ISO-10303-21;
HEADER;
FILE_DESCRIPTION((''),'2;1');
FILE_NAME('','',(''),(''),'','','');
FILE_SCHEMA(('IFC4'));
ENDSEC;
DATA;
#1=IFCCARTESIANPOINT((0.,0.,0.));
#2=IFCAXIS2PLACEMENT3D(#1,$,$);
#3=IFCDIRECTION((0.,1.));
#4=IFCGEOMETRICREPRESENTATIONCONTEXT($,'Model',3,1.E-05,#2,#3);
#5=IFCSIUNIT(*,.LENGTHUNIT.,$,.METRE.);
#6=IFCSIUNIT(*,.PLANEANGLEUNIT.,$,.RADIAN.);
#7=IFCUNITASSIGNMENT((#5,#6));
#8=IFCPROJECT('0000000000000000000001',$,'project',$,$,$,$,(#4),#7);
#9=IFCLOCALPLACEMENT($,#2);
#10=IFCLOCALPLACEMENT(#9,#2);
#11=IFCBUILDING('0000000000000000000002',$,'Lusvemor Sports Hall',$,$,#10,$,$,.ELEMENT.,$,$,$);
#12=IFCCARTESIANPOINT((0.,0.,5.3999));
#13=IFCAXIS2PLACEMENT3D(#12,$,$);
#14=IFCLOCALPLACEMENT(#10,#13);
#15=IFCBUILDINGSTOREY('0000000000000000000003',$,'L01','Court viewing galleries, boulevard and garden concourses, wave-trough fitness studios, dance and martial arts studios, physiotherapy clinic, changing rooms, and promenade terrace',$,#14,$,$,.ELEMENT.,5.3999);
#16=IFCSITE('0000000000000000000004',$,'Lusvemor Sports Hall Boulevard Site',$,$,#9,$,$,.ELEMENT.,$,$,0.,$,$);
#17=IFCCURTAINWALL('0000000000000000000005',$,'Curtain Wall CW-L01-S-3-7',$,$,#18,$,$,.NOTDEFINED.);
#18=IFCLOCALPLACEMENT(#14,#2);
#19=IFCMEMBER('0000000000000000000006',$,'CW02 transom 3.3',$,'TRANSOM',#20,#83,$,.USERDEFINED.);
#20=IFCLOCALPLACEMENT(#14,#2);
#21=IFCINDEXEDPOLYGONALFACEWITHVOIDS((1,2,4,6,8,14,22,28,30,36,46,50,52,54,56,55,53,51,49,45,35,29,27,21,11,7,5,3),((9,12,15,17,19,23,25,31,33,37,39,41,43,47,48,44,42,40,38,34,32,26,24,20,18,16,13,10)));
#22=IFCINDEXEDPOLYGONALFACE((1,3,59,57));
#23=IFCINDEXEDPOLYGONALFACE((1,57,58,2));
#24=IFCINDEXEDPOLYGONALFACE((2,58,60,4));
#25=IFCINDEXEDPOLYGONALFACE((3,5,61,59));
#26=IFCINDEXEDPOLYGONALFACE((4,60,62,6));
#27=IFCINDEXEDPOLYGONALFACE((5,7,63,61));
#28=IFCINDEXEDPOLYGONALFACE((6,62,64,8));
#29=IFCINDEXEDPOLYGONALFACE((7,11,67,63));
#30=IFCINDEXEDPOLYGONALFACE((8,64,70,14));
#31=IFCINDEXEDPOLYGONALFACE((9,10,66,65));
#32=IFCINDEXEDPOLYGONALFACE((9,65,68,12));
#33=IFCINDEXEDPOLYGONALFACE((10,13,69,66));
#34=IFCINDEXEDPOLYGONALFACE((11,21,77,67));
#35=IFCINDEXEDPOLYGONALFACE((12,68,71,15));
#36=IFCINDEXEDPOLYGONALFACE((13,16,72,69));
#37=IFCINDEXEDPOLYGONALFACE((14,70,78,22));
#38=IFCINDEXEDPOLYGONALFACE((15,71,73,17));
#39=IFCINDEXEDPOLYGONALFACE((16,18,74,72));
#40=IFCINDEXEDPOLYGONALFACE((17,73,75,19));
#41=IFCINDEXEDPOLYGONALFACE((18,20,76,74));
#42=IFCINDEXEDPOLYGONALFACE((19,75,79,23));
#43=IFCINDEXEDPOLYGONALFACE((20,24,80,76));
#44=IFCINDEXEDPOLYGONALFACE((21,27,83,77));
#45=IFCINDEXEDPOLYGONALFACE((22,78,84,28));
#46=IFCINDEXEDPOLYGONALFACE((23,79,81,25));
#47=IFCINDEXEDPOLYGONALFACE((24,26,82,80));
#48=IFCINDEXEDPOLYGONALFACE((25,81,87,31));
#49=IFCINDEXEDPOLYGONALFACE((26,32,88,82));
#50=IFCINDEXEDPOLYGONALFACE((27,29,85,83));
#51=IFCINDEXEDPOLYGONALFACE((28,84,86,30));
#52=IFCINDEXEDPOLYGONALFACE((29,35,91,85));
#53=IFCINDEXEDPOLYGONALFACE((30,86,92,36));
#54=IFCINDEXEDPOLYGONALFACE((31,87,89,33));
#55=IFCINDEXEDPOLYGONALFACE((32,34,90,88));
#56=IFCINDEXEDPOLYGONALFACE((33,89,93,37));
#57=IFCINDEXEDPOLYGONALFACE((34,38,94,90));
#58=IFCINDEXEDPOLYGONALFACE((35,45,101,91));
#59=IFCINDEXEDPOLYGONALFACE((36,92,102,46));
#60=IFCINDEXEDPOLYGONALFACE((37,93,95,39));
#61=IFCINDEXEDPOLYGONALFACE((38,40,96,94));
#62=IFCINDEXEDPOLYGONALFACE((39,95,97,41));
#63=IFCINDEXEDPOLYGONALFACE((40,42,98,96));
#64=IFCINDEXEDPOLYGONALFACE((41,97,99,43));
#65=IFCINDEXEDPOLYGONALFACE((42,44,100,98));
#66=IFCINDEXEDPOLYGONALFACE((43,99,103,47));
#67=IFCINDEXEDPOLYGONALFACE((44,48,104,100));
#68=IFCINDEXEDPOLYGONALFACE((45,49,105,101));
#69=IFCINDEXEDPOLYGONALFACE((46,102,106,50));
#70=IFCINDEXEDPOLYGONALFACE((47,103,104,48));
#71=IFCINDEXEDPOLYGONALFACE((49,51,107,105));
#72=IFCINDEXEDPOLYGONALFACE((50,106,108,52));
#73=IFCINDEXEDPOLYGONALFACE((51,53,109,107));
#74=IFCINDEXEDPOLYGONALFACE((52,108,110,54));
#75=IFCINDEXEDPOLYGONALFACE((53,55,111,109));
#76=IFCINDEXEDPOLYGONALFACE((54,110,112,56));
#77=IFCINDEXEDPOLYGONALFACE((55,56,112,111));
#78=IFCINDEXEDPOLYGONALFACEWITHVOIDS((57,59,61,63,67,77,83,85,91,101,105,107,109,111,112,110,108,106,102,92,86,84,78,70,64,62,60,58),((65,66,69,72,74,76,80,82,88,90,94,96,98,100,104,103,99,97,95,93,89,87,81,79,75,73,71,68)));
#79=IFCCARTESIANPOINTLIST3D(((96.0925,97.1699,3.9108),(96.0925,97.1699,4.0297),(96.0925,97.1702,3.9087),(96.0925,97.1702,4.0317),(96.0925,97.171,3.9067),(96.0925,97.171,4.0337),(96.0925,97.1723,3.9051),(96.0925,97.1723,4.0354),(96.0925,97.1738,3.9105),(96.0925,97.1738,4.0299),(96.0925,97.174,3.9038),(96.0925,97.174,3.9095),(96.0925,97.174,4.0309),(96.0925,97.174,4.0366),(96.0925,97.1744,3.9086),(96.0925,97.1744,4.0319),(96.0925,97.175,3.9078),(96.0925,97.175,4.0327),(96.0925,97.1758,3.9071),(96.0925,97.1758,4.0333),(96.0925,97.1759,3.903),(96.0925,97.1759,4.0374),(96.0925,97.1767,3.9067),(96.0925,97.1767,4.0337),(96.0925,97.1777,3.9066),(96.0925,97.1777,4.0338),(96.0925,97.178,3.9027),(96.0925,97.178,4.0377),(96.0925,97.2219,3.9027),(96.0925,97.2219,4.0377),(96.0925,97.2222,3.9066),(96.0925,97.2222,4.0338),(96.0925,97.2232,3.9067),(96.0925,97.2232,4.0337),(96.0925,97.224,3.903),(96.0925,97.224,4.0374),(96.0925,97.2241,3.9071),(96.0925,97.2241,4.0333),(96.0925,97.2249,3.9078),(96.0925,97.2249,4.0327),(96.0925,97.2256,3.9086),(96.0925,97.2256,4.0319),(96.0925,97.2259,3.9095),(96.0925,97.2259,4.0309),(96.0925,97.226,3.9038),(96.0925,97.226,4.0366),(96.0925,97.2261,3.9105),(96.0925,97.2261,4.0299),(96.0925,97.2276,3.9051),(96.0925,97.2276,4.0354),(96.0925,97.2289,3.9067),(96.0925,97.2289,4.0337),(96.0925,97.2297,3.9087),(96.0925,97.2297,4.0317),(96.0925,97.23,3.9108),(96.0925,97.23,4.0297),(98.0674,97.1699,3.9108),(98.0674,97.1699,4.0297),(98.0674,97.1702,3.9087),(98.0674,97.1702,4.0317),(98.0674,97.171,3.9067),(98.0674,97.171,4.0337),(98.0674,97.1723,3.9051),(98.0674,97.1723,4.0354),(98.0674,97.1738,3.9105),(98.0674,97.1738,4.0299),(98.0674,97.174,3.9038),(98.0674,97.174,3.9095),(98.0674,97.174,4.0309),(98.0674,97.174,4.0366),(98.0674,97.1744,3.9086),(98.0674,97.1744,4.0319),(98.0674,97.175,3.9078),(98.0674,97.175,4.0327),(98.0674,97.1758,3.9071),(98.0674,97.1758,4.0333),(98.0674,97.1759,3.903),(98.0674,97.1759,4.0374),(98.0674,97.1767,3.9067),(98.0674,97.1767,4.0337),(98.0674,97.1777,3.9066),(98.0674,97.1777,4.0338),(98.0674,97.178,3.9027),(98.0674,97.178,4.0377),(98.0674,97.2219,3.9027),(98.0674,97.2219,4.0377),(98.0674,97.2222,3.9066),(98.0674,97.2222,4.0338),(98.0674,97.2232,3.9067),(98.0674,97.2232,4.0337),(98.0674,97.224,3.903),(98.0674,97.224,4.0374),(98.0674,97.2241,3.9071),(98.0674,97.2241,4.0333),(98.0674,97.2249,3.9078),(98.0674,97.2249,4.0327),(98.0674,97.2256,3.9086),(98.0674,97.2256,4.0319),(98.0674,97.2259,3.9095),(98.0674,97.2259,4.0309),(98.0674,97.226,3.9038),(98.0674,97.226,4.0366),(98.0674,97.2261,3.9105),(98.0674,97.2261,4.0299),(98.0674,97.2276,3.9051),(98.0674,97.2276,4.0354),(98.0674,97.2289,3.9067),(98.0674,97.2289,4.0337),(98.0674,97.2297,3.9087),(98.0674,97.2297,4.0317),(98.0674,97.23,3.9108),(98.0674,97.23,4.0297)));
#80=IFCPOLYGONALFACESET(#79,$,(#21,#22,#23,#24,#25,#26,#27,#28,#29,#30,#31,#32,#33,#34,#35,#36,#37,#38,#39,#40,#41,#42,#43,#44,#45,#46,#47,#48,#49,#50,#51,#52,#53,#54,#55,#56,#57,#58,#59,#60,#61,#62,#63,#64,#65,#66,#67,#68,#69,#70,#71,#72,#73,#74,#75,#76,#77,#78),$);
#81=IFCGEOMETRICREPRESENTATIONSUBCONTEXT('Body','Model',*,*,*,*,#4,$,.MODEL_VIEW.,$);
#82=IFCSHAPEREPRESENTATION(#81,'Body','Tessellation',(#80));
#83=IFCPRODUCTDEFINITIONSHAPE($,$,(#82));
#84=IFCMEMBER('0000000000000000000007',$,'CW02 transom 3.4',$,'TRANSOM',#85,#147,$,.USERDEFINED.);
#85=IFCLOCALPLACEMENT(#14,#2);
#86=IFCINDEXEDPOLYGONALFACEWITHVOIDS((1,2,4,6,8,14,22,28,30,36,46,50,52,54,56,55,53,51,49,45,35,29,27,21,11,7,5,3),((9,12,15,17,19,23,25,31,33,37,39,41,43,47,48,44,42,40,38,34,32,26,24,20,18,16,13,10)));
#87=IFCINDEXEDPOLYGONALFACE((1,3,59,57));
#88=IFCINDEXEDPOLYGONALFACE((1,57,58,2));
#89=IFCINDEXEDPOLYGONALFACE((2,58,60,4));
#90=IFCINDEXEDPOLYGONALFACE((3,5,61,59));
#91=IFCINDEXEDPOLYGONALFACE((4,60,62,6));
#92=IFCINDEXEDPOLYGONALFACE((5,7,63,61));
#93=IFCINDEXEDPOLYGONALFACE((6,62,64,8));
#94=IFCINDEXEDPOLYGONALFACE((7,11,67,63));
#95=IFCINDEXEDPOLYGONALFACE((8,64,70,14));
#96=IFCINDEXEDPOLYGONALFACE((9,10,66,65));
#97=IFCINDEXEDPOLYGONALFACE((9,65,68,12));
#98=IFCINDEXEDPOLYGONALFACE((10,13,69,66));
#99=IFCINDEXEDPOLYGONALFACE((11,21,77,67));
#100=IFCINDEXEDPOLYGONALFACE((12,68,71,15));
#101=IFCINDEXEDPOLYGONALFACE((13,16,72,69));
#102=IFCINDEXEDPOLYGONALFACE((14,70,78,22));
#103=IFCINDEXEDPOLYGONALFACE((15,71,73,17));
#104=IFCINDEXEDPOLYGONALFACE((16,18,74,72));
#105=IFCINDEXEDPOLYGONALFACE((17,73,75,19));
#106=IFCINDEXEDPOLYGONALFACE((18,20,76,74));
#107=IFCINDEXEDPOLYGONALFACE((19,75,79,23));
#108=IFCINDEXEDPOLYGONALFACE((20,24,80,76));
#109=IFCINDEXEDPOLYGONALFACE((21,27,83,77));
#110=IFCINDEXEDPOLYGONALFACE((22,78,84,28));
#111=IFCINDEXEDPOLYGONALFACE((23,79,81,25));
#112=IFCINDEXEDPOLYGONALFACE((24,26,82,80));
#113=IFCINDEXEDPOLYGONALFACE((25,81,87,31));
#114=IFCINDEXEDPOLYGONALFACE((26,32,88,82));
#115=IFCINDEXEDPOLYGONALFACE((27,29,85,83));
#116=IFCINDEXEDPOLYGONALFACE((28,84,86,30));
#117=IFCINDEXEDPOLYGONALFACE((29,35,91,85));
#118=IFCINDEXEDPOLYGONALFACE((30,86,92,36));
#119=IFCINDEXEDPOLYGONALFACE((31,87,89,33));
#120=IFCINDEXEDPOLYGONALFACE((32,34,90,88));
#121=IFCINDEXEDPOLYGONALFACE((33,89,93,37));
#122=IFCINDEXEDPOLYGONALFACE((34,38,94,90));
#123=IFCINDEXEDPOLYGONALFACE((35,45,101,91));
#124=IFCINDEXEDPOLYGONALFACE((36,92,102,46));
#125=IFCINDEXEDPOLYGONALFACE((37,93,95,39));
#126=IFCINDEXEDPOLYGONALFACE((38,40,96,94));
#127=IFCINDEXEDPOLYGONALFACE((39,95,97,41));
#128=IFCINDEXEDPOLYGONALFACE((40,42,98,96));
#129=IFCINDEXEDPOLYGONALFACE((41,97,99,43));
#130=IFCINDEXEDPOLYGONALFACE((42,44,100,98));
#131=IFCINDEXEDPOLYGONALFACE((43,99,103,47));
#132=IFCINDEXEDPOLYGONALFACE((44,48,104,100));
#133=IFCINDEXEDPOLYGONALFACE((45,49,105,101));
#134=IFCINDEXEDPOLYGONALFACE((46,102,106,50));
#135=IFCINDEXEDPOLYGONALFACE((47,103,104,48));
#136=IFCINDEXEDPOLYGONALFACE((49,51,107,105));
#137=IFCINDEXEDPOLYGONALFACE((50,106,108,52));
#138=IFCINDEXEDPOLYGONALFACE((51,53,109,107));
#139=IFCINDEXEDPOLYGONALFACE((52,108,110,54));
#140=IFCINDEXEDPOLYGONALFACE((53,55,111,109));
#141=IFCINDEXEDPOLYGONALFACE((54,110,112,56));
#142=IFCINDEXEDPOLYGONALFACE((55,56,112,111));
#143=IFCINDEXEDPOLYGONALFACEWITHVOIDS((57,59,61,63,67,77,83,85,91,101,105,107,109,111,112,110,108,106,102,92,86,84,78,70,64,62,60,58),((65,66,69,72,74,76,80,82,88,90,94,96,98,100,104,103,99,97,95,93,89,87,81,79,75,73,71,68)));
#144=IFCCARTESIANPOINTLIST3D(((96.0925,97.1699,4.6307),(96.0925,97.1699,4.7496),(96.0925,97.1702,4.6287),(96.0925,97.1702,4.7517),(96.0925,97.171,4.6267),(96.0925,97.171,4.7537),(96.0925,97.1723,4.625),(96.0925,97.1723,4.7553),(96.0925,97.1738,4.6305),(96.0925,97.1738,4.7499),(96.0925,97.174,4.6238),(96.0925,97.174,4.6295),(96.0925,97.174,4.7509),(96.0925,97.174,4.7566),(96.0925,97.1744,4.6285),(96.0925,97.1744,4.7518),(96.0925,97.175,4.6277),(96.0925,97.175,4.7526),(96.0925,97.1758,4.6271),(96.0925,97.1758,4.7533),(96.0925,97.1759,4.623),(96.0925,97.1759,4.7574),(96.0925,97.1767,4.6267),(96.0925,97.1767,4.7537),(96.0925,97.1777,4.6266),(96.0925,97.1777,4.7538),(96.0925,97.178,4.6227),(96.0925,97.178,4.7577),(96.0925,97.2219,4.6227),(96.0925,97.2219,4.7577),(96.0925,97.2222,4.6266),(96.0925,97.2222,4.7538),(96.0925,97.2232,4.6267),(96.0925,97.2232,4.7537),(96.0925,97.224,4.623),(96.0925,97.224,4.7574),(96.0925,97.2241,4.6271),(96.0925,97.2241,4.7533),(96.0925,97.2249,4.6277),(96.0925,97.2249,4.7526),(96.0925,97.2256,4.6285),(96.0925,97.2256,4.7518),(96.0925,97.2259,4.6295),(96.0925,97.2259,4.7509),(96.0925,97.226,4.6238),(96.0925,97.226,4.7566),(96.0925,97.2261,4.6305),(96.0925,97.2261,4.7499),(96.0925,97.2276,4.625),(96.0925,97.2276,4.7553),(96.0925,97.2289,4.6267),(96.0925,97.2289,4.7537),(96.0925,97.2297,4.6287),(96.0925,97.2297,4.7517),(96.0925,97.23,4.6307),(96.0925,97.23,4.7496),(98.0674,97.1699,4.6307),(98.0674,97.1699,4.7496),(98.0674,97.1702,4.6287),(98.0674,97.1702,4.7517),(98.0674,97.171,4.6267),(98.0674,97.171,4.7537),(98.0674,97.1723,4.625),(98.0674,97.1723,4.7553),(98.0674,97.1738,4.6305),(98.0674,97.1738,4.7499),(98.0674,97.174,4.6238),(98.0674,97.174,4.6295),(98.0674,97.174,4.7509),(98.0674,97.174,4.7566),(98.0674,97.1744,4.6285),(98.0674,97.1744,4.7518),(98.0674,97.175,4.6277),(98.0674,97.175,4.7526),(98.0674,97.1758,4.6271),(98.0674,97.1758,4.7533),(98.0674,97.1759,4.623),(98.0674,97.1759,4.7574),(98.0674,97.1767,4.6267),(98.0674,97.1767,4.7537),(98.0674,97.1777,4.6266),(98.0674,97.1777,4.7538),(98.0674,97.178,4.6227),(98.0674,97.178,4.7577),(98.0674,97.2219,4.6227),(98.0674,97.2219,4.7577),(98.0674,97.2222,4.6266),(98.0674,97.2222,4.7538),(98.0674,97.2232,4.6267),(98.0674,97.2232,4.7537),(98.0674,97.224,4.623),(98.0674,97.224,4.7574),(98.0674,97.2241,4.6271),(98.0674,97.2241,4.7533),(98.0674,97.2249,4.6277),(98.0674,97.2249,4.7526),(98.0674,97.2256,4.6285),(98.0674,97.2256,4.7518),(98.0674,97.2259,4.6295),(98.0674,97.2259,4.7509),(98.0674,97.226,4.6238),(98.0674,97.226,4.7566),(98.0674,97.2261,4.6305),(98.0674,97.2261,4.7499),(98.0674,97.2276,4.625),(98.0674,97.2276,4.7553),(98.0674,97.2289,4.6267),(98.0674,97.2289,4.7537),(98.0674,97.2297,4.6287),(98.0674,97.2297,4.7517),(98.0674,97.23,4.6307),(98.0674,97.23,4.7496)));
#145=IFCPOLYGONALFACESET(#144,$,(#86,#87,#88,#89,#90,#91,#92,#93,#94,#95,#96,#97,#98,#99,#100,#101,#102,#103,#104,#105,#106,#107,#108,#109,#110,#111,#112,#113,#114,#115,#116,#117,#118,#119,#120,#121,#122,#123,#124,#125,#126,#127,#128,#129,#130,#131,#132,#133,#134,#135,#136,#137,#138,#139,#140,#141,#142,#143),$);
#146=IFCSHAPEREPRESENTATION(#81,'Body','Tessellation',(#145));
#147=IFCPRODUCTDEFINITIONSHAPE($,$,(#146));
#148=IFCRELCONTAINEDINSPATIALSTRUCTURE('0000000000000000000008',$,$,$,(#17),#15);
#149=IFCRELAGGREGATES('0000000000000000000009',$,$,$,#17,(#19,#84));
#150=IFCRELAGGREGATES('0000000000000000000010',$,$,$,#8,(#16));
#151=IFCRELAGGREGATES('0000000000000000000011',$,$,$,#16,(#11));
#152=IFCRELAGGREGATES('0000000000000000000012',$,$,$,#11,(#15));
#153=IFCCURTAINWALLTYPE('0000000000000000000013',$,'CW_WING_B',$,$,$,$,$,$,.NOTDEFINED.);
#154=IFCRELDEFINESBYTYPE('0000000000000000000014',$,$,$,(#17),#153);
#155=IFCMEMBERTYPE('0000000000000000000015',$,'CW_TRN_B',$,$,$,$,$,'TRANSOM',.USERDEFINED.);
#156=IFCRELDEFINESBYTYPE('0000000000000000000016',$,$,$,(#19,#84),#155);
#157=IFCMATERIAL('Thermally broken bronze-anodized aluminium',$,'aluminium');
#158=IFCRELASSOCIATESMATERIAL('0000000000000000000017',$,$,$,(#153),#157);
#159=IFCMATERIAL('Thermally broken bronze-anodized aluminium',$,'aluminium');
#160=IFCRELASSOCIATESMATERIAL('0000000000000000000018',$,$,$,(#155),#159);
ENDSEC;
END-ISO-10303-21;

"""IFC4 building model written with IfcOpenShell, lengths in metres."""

from ifc_helpers import new_model, si_unit, direction, frame, origin, origin_2d, place, context, subcontext, project, spatial, hollow_rectangle, extrude, material, material_profile, profile_set, type_object, element, aggregate, save


model = new_model("IFC4")

# Units and contexts
model_context = context("Model", 3, precision=1e-05, world=origin(), true_north=direction((0.0, 1.0)))
body_context = subcontext(model_context, "Body", "Model", "MODEL_VIEW")
ifc_project = project(units=[si_unit("LENGTHUNIT", "METRE"), si_unit("PLANEANGLEUNIT", "RADIAN")], contexts=[model_context])

# Site, building, storey
site_placement = place(None, origin())
site = spatial("IfcSite", under=ifc_project, at=site_placement, Name="Lusvemor Sports Hall Boulevard Site", CompositionType="ELEMENT", RefElevation=0.0)
building_placement = place(site_placement, origin())
building = spatial("IfcBuilding", under=site, at=building_placement, Name="Lusvemor Sports Hall", CompositionType="ELEMENT")
storey_placement = place(building_placement, frame((0.0, 0.0, 5.3999)))
storey = spatial("IfcBuildingStorey", under=building, at=storey_placement, Name="L01", Description="Court viewing galleries, boulevard and garden concourses, wave-trough fitness studios, dance and martial arts studios, physiotherapy clinic, changing rooms, and promenade terrace", CompositionType="ELEMENT", Elevation=5.3999)

# Curtain wall, members
ifc_material_1 = material(Name="Thermally broken bronze-anodized aluminium", Category="aluminium")
curtain_wall_type = type_object("IfcCurtainWallType", Name="CW_WING_B", PredefinedType="NOTDEFINED", material=ifc_material_1)
curtain_wall_placement = place(storey_placement, origin())
curtain_wall = element("IfcCurtainWall", 1, at=curtain_wall_placement, inside=storey, type_object=curtain_wall_type, Name="Curtain Wall CW-L01-S-3-7", PredefinedType="NOTDEFINED")
ifc_material_2 = material(Name="Thermally broken bronze-anodized aluminium", Category="aluminium")
ifc_material_profile_1 = material_profile(ifc_material_2, hollow_rectangle(XDim=0.0601, YDim=0.135, WallThickness=0.0039, InnerFilletRadius=0.0039, OuterFilletRadius=0.0081, at=origin_2d()), Name="CWTRN135x60x4")
ifc_profile_set_1 = profile_set([ifc_material_profile_1], Name="Thermally broken bronze-anodized aluminium")
member_type_1 = type_object("IfcMemberType", Name="CW_TRN_B", ElementType="TRANSOM", PredefinedType="USERDEFINED", material=ifc_profile_set_1)
member_1_placement = place(storey_placement, frame((98.0674, 97.2, 3.9702), z_axis=(-1.0, 0.0, 0.0), x_axis=(0.0, -1.0, 0.0)))
member_1 = element("IfcMember", 2, at=member_1_placement, type_object=member_type_1, Name="CW02 transom 3.3", ObjectType="TRANSOM", PredefinedType="USERDEFINED", context=body_context, shape_type="SweptSolid", body=[
    extrude(hollow_rectangle(XDim=0.0601, YDim=0.135, WallThickness=0.0039, InnerFilletRadius=0.0039, OuterFilletRadius=0.0081, at=origin_2d()), origin(), (0.0, 0.0, 1.0), 1.9749),
])
member_2_placement = place(storey_placement, frame((98.0674, 97.2, 4.6902), z_axis=(-1.0, 0.0, 0.0), x_axis=(0.0, -1.0, 0.0)))
member_2 = element("IfcMember", 3, at=member_2_placement, type_object=member_type_1, Name="CW02 transom 3.4", ObjectType="TRANSOM", PredefinedType="USERDEFINED", context=body_context, shape_type="SweptSolid", body=[
    extrude(hollow_rectangle(XDim=0.0601, YDim=0.135, WallThickness=0.0039, InnerFilletRadius=0.0039, OuterFilletRadius=0.0081, at=origin_2d()), origin(), (0.0, 0.0, 1.0), 1.9749),
])

aggregate(curtain_wall, [member_1, member_2])

save(model, "model.ifc")
